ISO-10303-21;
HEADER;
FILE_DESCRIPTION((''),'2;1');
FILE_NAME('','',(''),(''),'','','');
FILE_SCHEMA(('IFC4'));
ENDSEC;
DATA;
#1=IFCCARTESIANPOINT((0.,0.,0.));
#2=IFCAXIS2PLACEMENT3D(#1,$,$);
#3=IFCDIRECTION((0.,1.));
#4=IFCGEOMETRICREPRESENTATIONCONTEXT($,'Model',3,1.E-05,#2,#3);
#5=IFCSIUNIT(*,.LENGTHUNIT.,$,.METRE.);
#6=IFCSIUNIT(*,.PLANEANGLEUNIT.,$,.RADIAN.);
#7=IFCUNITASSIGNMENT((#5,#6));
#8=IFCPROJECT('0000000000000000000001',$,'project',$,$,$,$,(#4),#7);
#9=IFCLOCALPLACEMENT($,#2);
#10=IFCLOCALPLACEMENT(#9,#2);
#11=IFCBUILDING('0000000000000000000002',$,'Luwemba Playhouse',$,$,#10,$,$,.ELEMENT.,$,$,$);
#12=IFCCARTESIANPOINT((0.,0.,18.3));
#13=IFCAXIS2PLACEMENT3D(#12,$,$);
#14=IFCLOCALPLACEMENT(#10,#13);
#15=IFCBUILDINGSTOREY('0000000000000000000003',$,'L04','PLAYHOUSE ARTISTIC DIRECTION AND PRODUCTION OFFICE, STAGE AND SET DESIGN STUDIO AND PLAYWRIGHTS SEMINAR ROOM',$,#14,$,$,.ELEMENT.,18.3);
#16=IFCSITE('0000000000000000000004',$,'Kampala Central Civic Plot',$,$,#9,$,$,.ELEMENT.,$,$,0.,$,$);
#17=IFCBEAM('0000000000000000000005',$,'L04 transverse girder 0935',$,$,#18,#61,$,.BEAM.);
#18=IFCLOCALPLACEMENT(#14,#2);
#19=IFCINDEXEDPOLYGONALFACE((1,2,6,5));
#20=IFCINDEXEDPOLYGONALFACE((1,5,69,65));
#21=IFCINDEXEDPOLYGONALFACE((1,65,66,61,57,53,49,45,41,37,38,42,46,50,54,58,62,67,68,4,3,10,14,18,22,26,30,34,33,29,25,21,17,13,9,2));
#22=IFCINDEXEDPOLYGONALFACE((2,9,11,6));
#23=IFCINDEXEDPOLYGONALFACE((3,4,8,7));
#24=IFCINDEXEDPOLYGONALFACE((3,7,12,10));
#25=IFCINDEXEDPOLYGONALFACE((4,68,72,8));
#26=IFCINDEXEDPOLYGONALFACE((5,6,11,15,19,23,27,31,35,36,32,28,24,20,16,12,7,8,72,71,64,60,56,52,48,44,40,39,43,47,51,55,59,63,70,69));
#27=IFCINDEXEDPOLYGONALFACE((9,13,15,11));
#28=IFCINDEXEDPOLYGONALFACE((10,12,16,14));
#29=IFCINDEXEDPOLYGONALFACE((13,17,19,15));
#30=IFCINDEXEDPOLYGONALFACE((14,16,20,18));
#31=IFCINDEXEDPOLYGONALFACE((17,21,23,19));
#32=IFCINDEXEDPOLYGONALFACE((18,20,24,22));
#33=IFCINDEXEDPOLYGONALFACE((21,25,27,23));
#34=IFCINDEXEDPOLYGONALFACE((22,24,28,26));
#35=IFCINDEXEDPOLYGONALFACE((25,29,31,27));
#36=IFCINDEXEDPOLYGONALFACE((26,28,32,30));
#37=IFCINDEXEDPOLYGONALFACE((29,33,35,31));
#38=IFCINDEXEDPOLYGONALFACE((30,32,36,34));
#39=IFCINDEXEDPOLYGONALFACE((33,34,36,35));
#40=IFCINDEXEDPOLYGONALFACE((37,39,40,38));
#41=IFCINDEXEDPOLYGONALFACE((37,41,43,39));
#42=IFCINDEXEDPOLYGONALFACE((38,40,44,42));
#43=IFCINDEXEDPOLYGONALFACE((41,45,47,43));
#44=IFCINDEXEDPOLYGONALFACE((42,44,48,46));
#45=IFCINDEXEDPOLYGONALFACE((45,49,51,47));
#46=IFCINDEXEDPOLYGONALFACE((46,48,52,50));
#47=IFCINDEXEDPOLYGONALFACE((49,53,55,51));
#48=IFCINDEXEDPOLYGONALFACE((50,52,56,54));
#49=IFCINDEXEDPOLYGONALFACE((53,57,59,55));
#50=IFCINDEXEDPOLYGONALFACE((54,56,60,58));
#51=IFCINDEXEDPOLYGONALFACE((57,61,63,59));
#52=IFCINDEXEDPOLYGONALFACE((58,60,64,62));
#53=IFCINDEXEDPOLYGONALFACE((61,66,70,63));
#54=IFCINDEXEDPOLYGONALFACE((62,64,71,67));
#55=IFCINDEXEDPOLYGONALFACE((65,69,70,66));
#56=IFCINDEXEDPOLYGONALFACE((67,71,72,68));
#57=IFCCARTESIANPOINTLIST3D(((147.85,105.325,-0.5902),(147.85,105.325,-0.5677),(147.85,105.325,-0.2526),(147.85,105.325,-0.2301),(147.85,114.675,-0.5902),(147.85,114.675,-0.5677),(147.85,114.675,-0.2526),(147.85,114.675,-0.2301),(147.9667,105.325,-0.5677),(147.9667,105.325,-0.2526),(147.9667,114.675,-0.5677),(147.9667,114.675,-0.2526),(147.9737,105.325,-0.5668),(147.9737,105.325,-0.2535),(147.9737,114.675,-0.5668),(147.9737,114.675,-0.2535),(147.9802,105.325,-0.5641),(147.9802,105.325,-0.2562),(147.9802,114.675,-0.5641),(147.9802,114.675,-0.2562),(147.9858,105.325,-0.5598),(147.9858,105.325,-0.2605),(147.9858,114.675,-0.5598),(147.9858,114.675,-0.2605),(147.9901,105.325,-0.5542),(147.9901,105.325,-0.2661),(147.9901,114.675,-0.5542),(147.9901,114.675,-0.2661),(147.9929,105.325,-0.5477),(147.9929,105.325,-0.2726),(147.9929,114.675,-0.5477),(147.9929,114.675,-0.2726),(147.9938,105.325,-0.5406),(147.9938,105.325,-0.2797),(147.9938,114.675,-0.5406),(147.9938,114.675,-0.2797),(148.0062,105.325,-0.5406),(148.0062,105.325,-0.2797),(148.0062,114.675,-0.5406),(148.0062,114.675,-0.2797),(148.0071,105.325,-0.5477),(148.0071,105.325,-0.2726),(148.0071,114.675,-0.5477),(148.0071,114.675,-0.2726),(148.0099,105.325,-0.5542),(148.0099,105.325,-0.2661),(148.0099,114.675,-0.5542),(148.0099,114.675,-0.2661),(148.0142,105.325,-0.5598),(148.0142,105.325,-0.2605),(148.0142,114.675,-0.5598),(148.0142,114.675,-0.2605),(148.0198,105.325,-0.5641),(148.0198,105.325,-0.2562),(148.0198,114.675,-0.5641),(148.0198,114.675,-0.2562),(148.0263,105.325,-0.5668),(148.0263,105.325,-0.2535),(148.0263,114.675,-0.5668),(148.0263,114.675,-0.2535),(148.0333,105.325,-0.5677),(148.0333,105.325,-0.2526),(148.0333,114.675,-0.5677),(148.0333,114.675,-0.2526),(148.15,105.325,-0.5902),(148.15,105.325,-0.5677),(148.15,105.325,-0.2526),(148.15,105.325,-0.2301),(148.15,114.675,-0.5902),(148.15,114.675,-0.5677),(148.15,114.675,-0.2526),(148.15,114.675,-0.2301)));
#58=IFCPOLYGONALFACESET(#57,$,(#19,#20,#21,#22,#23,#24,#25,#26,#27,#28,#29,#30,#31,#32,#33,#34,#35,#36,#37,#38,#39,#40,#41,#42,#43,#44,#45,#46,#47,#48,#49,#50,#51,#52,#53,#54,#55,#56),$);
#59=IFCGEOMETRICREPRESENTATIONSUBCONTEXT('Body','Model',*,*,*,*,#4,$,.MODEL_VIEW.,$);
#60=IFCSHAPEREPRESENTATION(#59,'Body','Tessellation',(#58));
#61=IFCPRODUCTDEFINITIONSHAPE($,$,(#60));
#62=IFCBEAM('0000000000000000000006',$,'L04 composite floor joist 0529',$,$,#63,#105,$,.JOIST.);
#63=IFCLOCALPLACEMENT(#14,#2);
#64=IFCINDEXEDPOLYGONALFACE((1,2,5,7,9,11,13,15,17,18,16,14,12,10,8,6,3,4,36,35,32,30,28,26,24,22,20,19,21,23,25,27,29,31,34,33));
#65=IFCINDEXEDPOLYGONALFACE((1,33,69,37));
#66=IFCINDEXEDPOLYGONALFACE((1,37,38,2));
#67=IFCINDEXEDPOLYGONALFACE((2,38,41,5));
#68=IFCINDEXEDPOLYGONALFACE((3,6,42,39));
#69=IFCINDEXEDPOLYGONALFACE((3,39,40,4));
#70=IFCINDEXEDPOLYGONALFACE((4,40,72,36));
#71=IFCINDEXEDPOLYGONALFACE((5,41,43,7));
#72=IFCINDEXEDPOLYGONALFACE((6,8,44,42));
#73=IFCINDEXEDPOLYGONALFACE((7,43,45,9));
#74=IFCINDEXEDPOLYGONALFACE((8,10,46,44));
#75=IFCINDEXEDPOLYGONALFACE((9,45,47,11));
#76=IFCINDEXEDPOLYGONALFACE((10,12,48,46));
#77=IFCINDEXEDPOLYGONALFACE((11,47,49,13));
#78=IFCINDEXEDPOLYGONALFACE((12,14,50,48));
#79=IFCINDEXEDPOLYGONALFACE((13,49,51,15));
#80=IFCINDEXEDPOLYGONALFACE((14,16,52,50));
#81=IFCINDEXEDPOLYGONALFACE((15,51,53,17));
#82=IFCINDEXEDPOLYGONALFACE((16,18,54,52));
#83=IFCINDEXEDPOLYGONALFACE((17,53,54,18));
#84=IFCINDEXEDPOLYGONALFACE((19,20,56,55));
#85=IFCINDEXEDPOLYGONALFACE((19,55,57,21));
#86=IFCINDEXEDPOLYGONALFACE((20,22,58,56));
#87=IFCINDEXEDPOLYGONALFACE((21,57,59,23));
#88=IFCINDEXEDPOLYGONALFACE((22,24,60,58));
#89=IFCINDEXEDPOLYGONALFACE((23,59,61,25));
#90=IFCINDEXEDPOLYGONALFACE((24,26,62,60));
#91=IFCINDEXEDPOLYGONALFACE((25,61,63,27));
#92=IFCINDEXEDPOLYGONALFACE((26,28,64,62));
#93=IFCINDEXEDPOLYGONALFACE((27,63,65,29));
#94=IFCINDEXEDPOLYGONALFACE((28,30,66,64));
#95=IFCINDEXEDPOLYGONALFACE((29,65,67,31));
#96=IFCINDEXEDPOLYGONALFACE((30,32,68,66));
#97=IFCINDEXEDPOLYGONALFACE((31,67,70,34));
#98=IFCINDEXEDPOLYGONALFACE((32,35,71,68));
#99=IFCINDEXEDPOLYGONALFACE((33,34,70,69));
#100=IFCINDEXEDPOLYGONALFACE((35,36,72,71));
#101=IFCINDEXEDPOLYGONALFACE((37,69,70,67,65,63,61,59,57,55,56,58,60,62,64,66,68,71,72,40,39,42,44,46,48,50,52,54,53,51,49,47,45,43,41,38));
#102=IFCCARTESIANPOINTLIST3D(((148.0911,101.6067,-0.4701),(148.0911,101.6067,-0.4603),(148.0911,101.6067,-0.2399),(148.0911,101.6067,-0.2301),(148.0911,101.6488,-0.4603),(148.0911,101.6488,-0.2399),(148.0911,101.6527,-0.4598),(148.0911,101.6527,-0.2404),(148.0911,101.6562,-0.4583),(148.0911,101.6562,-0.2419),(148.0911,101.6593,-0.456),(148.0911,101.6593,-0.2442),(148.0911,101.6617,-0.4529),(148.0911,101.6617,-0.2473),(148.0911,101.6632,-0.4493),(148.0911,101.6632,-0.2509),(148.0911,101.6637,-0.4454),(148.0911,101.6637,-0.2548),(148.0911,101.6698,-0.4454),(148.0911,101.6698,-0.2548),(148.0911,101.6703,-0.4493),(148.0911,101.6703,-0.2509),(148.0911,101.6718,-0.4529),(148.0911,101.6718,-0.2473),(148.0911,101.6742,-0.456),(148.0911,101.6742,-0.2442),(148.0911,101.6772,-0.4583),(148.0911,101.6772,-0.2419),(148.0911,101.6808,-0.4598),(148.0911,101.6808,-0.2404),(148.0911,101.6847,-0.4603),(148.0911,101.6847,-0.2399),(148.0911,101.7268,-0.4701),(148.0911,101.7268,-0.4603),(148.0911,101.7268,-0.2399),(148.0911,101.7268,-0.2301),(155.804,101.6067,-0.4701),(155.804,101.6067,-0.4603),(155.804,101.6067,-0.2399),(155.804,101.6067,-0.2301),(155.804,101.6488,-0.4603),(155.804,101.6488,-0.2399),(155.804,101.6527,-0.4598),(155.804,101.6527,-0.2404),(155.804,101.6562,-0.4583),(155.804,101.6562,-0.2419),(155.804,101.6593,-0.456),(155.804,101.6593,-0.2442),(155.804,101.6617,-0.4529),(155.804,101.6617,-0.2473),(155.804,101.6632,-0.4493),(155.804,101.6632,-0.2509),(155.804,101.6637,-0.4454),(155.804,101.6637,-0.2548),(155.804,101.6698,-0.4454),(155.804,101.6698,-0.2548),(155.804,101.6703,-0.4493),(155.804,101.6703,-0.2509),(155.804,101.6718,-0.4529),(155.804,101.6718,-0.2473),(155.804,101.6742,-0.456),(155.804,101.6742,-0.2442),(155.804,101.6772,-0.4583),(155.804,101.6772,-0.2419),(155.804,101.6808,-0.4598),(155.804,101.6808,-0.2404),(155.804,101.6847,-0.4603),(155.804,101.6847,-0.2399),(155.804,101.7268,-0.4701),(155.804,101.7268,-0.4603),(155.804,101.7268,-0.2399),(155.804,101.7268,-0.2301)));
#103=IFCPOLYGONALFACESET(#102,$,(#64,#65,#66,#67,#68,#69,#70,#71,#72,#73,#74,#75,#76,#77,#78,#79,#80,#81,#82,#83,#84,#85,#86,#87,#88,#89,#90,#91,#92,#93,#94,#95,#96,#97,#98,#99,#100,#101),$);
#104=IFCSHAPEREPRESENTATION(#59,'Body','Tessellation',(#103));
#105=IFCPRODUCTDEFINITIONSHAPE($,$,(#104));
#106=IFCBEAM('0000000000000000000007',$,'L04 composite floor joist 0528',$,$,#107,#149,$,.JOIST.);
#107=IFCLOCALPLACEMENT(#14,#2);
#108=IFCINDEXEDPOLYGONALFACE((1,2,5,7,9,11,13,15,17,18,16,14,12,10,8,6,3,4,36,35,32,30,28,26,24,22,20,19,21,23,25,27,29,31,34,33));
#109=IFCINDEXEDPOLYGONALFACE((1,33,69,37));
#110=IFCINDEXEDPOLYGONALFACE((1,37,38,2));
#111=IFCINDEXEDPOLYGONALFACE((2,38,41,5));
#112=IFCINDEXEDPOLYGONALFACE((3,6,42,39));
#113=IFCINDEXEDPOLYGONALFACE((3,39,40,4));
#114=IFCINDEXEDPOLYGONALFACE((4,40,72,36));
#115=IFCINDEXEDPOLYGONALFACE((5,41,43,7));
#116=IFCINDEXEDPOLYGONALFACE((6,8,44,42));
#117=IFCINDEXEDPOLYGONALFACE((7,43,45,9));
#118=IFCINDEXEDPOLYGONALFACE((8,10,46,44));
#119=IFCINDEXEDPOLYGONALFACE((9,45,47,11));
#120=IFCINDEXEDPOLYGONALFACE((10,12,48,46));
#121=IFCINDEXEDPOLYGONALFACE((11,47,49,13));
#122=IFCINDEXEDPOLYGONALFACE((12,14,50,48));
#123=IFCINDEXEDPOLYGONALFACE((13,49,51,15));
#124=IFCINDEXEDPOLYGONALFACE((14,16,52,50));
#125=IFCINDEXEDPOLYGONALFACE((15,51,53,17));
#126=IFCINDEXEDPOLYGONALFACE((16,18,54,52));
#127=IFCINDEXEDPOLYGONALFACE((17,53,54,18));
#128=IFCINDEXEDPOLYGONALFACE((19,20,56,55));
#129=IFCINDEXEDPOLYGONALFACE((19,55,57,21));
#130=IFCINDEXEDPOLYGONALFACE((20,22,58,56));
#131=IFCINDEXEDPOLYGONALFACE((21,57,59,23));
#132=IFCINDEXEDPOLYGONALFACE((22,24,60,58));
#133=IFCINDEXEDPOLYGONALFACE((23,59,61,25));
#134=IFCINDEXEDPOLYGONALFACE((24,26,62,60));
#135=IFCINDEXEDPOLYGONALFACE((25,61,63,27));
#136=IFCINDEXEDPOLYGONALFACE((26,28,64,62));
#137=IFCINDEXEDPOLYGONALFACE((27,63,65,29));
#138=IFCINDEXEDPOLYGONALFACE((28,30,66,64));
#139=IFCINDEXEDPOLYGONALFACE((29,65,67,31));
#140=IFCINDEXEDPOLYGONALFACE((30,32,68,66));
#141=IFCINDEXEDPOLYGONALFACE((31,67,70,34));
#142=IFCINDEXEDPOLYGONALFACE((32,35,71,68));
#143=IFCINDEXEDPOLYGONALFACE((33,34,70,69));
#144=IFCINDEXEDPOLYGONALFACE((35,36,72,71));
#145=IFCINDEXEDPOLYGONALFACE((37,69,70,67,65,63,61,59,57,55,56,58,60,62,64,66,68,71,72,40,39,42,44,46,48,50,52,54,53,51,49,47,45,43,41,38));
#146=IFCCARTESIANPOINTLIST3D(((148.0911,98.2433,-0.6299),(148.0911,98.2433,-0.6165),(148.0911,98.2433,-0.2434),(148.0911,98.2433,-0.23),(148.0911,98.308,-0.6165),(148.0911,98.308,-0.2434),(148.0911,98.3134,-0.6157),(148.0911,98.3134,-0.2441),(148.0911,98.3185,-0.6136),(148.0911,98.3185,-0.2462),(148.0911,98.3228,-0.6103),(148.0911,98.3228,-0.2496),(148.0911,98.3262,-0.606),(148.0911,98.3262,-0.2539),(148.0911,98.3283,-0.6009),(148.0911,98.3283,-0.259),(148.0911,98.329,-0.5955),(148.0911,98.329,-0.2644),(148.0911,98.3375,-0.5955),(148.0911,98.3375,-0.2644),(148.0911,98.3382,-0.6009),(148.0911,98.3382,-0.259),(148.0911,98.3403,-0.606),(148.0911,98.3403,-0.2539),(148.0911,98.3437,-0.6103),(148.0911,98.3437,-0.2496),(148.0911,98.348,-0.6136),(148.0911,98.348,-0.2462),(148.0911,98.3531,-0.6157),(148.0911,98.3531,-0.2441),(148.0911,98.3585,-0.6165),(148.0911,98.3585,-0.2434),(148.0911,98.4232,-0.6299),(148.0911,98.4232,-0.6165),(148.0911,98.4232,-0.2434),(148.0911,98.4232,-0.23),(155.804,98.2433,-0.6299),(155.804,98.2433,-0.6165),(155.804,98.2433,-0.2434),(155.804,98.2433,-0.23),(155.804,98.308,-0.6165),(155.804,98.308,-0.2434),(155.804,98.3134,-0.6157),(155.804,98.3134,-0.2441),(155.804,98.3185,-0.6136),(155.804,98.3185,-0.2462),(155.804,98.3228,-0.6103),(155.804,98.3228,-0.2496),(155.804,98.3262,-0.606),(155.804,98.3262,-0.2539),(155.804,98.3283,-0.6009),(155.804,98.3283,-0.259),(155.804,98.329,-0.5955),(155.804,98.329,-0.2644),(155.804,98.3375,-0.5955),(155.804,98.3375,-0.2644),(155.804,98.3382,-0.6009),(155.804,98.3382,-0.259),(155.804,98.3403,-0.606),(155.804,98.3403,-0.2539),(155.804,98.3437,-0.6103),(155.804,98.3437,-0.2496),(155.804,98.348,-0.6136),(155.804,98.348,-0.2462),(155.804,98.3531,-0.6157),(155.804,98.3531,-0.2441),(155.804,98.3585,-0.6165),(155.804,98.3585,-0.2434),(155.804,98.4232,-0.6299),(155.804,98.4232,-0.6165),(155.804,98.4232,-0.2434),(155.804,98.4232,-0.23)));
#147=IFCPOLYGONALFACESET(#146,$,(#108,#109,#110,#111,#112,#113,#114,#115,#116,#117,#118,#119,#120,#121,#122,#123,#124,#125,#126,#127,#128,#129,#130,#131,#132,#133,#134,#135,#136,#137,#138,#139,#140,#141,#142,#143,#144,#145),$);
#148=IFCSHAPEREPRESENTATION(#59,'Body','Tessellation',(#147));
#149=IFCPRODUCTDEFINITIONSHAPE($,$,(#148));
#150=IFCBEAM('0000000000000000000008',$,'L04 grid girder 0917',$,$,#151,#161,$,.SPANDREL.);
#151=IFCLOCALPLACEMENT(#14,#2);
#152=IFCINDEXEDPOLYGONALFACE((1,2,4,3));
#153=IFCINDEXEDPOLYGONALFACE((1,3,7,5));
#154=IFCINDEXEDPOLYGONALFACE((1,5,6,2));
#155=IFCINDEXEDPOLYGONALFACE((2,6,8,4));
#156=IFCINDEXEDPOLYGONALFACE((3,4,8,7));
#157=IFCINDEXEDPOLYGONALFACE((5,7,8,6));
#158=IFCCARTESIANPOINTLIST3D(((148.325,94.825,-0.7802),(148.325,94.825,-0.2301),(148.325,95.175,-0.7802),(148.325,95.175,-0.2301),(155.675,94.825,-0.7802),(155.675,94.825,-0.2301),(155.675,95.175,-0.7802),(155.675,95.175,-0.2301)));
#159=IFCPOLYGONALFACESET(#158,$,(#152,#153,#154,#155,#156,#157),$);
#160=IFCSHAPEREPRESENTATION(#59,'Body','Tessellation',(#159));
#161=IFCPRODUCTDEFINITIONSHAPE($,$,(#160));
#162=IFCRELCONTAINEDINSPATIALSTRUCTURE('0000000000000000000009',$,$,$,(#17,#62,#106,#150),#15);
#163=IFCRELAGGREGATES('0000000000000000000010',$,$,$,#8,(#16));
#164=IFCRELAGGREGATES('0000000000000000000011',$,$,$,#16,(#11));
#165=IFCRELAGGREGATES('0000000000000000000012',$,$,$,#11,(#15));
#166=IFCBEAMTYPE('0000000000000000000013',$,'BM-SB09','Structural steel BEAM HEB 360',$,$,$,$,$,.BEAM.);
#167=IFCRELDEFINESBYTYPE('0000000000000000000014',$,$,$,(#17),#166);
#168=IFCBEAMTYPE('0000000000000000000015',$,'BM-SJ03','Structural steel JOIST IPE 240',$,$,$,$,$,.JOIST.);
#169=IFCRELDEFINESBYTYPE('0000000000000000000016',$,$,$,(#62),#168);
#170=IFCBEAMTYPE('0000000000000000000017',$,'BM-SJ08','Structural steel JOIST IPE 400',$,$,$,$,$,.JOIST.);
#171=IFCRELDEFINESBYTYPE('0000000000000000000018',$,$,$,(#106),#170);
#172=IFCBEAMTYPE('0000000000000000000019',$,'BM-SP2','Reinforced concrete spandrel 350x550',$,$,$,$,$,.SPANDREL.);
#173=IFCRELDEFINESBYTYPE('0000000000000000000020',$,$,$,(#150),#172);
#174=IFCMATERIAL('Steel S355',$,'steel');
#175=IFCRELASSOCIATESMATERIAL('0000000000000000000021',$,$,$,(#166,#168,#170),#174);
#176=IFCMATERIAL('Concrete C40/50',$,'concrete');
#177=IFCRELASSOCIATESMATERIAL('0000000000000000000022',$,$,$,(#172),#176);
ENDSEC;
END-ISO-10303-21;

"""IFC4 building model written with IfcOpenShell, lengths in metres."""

from ifc_helpers import new_model, si_unit, direction, frame, origin, origin_2d, place, context, subcontext, project, spatial, rectangle, i_section, extrude, material, material_profile, profile_set, type_object, element, save


model = new_model("IFC4")

# Units and contexts
model_context = context("Model", 3, precision=1e-05, world=origin(), true_north=direction((0.0, 1.0)))
body_context = subcontext(model_context, "Body", "Model", "MODEL_VIEW")
ifc_project = project(units=[si_unit("LENGTHUNIT", "METRE"), si_unit("PLANEANGLEUNIT", "RADIAN")], contexts=[model_context])

# Site, building, storey
site_placement = place(None, origin())
site = spatial("IfcSite", under=ifc_project, at=site_placement, Name="Kampala Central Civic Plot", CompositionType="ELEMENT", RefElevation=0.0)
building_placement = place(site_placement, origin())
building = spatial("IfcBuilding", under=site, at=building_placement, Name="Luwemba Playhouse", CompositionType="ELEMENT")
storey_placement = place(building_placement, frame((0.0, 0.0, 18.3)))
storey = spatial("IfcBuildingStorey", under=building, at=storey_placement, Name="L04", Description="PLAYHOUSE ARTISTIC DIRECTION AND PRODUCTION OFFICE, STAGE AND SET DESIGN STUDIO AND PLAYWRIGHTS SEMINAR ROOM", CompositionType="ELEMENT", Elevation=18.3)

# Shared definitions
ifc_material_1 = material(Name="Concrete C40/50", Category="concrete")

# Beams
ifc_material_2 = material(Name="Steel S355", Category="steel")
ifc_material_profile_1 = material_profile(ifc_material_2, i_section(OverallWidth=0.3, OverallDepth=0.3601, WebThickness=0.0125, FlangeThickness=0.0225, FilletRadius=0.0271, at=origin_2d()))
ifc_profile_set_1 = profile_set([ifc_material_profile_1], Name="Steel S355")
beam_type_1 = type_object("IfcBeamType", Name="BM-SB09", Description="Structural steel BEAM HEB 360", PredefinedType="BEAM", material=ifc_profile_set_1)
beam_1_placement = place(storey_placement, frame((148.0, 105.325, -0.4102), z_axis=(0.0, 1.0, 0.0), x_axis=(-1.0, 0.0, 0.0)))
element("IfcBeam", 1, at=beam_1_placement, inside=storey, type_object=beam_type_1, Name="L04 transverse girder 0935", PredefinedType="BEAM", context=body_context, shape_type="SweptSolid", body=[
    extrude(i_section(OverallWidth=0.3, OverallDepth=0.3601, WebThickness=0.0125, FlangeThickness=0.0225, FilletRadius=0.0271, at=origin_2d()), origin(), (0.0, 0.0, 1.0), 9.3501),
])
ifc_material_profile_2 = material_profile(ifc_material_2, i_section(OverallWidth=0.1201, OverallDepth=0.24, WebThickness=0.0061, FlangeThickness=0.0098, FilletRadius=0.0149, at=origin_2d()))
ifc_profile_set_2 = profile_set([ifc_material_profile_2], Name="Steel S355")
beam_type_2 = type_object("IfcBeamType", Name="BM-SJ03", Description="Structural steel JOIST IPE 240", PredefinedType="JOIST", material=ifc_profile_set_2)
beam_2_placement = place(storey_placement, frame((148.0911, 101.6667, -0.3501), z_axis=(1.0, 0.0, 0.0), x_axis=(0.0, 1.0, 0.0)))
element("IfcBeam", 2, at=beam_2_placement, inside=storey, type_object=beam_type_2, Name="L04 composite floor joist 0529", PredefinedType="JOIST", context=body_context, shape_type="SweptSolid", body=[
    extrude(i_section(OverallWidth=0.1201, OverallDepth=0.24, WebThickness=0.0061, FlangeThickness=0.0098, FilletRadius=0.0149, at=origin_2d()), origin(), (0.0, 0.0, 1.0), 7.7129),
])
ifc_material_profile_3 = material_profile(ifc_material_2, i_section(OverallWidth=0.1799, OverallDepth=0.3999, WebThickness=0.0085, FlangeThickness=0.0134, FilletRadius=0.021, at=origin_2d()))
ifc_profile_set_3 = profile_set([ifc_material_profile_3], Name="Steel S355")
beam_type_3 = type_object("IfcBeamType", Name="BM-SJ08", Description="Structural steel JOIST IPE 400", PredefinedType="JOIST", material=ifc_profile_set_3)
beam_3_placement = place(storey_placement, frame((148.0911, 98.3333, -0.4299), z_axis=(1.0, 0.0, 0.0), x_axis=(0.0, 1.0, 0.0)))
element("IfcBeam", 3, at=beam_3_placement, inside=storey, type_object=beam_type_3, Name="L04 composite floor joist 0528", PredefinedType="JOIST", context=body_context, shape_type="SweptSolid", body=[
    extrude(i_section(OverallWidth=0.1799, OverallDepth=0.3999, WebThickness=0.0085, FlangeThickness=0.0134, FilletRadius=0.021, at=origin_2d()), origin(), (0.0, 0.0, 1.0), 7.7129),
])
ifc_material_profile_4 = material_profile(ifc_material_1, rectangle(XDim=0.3501, YDim=0.55, at=origin_2d()))
ifc_profile_set_4 = profile_set([ifc_material_profile_4], Name="Concrete C40/50")
beam_type_4 = type_object("IfcBeamType", Name="BM-SP2", Description="Reinforced concrete spandrel 350x550", PredefinedType="SPANDREL", material=ifc_profile_set_4)
beam_4_placement = place(storey_placement, frame((148.325, 95.0, -0.5051), z_axis=(1.0, 0.0, 0.0), x_axis=(0.0, 1.0, 0.0)))
element("IfcBeam", 4, at=beam_4_placement, inside=storey, type_object=beam_type_4, Name="L04 grid girder 0917", PredefinedType="SPANDREL", context=body_context, shape_type="SweptSolid", body=[
    extrude(rectangle(XDim=0.3501, YDim=0.55, at=origin_2d()), origin(), (0.0, 0.0, 1.0), 7.3501),
])

save(model, "model.ifc")
